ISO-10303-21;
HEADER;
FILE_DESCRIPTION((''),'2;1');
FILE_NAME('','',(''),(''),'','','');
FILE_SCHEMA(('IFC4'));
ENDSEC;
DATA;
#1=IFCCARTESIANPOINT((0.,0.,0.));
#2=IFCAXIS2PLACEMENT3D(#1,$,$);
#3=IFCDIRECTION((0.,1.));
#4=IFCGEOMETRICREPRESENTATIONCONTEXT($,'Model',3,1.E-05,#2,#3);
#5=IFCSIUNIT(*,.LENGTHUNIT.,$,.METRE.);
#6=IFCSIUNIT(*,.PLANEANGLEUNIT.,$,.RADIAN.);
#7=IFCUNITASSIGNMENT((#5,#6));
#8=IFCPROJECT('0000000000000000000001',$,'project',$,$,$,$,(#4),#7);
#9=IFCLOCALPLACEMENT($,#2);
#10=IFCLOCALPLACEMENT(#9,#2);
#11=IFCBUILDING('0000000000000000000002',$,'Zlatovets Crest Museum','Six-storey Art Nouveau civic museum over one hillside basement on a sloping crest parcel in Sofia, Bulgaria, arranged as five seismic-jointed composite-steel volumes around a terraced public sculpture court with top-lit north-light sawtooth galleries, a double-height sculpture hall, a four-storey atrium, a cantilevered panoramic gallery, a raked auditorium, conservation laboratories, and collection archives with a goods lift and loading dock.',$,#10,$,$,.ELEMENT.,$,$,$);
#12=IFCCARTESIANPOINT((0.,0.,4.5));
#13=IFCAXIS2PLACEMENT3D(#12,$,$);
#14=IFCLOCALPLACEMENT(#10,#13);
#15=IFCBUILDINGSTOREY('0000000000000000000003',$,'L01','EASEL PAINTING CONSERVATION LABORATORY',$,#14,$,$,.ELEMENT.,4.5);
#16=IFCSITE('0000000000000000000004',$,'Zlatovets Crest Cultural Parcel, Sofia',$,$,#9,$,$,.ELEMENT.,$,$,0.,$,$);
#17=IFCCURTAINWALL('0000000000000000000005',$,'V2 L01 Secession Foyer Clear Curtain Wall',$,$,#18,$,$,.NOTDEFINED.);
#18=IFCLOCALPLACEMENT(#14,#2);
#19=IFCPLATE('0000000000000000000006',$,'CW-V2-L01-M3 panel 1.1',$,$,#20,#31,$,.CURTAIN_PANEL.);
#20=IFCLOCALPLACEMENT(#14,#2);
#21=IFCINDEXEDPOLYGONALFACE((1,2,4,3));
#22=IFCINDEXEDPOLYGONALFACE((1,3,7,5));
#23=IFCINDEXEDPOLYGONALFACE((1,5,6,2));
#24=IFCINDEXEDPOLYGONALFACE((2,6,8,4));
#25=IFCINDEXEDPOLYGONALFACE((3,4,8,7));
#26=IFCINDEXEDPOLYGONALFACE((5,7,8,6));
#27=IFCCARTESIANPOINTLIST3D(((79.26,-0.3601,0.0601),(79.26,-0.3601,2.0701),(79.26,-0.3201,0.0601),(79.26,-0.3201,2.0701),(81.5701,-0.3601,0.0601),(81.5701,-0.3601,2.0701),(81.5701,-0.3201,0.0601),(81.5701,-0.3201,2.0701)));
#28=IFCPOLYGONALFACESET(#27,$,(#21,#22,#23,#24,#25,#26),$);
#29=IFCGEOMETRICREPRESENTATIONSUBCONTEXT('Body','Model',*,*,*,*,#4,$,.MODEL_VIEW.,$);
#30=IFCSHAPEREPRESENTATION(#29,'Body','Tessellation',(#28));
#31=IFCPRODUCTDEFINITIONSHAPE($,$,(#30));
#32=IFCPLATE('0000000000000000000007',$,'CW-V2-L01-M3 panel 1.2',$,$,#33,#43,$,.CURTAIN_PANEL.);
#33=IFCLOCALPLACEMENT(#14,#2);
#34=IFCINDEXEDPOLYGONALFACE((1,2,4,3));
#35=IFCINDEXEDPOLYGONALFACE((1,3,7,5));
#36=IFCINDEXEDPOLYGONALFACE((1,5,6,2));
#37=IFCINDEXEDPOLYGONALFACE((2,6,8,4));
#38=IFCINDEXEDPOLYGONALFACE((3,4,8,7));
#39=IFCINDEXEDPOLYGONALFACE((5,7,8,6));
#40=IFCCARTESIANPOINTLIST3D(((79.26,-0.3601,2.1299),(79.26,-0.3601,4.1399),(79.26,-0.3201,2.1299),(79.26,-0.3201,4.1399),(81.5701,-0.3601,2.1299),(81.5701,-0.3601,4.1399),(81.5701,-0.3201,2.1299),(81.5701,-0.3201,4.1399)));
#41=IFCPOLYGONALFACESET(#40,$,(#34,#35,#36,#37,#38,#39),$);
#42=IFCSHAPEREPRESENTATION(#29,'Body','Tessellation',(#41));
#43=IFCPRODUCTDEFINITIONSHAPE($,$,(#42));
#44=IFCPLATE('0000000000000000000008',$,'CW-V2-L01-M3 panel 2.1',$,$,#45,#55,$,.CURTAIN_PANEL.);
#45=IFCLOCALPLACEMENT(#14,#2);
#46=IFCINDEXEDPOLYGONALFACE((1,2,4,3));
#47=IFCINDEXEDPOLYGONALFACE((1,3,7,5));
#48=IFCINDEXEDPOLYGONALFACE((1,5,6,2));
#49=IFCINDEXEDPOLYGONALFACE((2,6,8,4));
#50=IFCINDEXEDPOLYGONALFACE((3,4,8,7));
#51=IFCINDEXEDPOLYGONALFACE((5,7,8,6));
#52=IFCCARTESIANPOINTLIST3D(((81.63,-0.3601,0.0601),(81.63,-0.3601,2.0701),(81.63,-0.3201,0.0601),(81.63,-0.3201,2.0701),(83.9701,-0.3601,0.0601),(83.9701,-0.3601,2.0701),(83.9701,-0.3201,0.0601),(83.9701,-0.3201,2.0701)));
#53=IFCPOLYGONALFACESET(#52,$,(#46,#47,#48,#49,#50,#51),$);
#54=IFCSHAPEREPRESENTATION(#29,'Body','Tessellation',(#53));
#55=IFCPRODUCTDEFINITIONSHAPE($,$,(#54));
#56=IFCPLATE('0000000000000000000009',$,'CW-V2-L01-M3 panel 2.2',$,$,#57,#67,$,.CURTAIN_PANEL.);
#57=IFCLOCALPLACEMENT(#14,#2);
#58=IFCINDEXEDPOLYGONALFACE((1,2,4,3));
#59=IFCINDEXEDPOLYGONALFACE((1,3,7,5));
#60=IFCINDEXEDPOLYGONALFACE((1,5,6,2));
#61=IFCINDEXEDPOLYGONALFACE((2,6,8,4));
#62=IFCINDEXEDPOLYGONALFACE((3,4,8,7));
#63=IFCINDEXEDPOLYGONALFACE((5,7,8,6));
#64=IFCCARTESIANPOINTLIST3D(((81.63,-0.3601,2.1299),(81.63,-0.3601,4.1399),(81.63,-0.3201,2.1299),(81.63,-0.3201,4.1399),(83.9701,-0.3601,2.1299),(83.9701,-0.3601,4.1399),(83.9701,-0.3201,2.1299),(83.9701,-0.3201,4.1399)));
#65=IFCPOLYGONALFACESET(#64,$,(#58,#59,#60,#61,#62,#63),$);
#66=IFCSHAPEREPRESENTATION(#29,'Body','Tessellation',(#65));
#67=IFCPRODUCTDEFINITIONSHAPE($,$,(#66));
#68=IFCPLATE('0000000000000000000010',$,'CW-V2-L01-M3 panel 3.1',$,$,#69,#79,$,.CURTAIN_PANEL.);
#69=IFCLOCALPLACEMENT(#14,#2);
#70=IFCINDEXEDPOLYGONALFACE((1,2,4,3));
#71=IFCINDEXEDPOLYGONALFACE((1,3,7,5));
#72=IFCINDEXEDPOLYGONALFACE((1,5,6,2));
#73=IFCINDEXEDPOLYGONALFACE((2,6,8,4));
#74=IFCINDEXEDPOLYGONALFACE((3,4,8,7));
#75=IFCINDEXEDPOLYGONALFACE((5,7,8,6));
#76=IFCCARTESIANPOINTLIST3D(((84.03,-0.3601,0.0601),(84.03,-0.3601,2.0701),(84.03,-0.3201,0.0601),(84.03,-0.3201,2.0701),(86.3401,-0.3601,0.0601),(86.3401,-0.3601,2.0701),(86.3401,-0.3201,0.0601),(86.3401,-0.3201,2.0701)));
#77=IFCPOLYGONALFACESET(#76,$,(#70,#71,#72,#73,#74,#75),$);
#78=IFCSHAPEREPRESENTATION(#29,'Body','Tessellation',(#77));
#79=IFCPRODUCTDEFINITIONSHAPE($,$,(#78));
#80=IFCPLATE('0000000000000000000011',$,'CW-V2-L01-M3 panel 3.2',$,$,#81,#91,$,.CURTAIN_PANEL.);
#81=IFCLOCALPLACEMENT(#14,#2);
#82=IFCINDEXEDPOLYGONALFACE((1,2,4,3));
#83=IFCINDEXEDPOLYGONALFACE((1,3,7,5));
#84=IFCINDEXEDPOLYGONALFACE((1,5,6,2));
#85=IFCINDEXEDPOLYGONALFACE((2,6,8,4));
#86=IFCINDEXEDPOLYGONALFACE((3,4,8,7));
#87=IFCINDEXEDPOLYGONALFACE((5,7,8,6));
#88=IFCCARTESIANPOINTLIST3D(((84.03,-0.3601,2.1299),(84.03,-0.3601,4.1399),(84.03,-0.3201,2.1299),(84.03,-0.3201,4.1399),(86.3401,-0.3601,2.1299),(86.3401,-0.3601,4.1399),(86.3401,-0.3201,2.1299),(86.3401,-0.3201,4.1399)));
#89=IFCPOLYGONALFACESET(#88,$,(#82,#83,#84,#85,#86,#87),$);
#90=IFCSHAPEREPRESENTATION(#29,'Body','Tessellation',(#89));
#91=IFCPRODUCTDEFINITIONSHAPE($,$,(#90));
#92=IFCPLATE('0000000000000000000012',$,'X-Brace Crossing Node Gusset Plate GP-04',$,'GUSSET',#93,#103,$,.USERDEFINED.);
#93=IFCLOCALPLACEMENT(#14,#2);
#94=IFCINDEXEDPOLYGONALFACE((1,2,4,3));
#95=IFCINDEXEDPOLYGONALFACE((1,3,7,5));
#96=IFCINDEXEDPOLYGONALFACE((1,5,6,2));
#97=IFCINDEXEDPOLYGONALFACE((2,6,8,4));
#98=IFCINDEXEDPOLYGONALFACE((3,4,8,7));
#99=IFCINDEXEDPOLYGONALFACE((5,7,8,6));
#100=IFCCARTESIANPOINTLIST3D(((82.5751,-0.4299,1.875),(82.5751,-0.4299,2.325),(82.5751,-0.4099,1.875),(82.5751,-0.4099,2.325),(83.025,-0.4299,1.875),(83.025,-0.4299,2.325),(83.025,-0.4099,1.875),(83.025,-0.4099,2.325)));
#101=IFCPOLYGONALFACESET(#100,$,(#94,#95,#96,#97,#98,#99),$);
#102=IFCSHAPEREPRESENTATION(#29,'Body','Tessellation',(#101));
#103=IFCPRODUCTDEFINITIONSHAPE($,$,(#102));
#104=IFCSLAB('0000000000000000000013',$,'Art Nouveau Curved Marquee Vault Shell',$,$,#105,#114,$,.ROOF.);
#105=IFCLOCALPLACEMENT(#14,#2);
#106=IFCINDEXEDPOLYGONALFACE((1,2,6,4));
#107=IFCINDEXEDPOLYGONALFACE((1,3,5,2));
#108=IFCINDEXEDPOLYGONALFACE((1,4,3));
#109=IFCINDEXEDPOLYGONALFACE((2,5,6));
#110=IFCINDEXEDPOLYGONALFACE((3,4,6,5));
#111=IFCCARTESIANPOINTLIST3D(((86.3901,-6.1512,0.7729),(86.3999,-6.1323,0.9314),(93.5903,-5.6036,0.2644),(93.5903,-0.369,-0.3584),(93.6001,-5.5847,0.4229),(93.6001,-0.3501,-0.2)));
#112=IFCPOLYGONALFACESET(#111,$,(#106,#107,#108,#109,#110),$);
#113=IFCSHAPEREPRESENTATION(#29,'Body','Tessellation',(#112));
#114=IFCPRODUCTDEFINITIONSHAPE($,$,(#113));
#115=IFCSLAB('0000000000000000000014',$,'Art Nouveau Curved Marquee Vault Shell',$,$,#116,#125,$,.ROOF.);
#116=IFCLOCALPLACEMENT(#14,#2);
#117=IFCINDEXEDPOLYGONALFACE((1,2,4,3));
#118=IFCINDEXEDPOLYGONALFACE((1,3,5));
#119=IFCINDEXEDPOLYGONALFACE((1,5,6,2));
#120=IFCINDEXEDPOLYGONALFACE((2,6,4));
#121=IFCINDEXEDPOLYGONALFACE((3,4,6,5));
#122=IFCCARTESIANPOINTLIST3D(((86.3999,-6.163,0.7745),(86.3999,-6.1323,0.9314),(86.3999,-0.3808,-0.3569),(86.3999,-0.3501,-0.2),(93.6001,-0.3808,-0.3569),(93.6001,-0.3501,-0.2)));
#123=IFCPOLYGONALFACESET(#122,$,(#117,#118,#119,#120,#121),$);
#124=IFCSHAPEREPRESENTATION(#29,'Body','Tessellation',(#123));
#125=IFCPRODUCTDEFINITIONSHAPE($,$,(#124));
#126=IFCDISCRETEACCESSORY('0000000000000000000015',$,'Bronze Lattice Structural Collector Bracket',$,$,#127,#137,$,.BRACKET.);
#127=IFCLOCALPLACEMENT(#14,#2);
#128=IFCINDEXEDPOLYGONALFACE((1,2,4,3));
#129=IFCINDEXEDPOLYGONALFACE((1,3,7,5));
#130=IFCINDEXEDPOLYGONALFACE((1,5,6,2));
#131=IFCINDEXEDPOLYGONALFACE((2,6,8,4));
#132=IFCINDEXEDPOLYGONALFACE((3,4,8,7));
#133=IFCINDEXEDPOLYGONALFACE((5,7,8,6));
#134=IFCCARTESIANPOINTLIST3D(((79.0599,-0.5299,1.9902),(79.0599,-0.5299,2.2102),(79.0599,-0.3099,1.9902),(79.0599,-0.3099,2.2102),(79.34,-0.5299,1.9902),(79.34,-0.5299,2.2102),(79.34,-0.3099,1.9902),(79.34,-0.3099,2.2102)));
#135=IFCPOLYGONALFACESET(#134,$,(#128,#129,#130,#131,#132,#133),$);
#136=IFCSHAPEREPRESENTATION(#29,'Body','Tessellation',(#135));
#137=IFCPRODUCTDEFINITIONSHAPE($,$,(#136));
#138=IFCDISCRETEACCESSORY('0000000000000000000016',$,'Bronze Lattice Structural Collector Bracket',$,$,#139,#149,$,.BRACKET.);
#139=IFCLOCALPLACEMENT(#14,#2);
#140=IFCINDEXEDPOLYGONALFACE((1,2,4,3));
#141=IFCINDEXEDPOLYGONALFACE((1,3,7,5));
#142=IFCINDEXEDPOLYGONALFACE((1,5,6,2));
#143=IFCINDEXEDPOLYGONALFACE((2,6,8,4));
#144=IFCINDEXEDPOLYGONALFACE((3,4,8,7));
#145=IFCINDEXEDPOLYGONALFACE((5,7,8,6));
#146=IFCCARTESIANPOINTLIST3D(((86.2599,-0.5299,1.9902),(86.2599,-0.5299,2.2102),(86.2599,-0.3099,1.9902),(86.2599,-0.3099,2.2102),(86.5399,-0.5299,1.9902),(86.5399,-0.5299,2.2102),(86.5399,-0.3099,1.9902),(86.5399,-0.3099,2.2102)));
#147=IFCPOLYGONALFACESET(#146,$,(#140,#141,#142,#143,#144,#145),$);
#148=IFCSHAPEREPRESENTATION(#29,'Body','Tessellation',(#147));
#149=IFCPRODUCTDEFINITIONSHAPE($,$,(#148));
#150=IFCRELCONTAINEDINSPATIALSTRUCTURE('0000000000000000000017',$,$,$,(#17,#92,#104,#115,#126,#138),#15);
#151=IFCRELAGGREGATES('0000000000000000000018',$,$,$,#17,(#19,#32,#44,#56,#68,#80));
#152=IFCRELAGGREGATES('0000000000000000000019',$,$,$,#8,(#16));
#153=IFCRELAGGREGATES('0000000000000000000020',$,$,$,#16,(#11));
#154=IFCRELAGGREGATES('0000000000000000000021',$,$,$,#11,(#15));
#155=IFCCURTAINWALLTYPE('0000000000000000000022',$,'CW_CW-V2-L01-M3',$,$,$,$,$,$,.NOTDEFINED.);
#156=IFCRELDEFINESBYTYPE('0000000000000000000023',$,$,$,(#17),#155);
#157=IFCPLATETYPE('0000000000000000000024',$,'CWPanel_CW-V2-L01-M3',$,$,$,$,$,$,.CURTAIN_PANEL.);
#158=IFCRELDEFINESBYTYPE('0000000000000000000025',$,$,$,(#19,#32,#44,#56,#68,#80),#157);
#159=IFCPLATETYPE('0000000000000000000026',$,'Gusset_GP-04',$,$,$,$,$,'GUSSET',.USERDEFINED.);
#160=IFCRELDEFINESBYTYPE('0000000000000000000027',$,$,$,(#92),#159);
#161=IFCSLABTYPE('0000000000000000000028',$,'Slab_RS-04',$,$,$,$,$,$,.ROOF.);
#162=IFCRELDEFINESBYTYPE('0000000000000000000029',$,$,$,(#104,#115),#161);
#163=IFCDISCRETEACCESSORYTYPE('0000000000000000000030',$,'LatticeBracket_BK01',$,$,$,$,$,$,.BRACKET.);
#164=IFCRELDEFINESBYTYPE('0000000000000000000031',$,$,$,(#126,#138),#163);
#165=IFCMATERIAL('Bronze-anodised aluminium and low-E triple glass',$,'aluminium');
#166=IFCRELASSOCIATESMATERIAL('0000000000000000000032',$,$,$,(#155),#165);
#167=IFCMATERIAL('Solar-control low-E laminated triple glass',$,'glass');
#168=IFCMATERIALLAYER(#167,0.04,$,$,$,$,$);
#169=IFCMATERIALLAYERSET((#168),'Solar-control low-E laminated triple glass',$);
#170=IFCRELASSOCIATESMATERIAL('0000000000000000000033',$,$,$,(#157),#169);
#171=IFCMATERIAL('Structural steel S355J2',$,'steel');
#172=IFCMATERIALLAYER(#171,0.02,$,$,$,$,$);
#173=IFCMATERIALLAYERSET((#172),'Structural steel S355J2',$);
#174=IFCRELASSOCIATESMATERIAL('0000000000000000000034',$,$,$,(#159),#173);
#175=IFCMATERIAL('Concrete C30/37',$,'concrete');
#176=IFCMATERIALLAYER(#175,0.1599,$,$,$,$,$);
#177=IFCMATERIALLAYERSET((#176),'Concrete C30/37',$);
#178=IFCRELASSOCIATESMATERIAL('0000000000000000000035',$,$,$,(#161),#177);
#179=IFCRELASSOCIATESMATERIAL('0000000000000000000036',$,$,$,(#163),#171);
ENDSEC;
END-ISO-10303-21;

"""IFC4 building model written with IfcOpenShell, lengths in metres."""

from ifc_helpers import new_model, si_unit, direction, frame, origin, origin_2d, place, context, subcontext, project, spatial, polyline, rectangle, outline, extrude, material, layer, layer_set, type_object, element, aggregate, save


model = new_model("IFC4")

# Units and contexts
model_context = context("Model", 3, precision=1e-05, world=origin(), true_north=direction((0.0, 1.0)))
body_context = subcontext(model_context, "Body", "Model", "MODEL_VIEW")
ifc_project = project(units=[si_unit("LENGTHUNIT", "METRE"), si_unit("PLANEANGLEUNIT", "RADIAN")], contexts=[model_context])

# Site, building, storey
site_placement = place(None, origin())
site = spatial("IfcSite", under=ifc_project, at=site_placement, Name="Zlatovets Crest Cultural Parcel, Sofia", CompositionType="ELEMENT", RefElevation=0.0)
building_placement = place(site_placement, origin())
building = spatial("IfcBuilding", under=site, at=building_placement, Name="Zlatovets Crest Museum", Description="Six-storey Art Nouveau civic museum over one hillside basement on a sloping crest parcel in Sofia, Bulgaria, arranged as five seismic-jointed composite-steel volumes around a terraced public sculpture court with top-lit north-light sawtooth galleries, a double-height sculpture hall, a four-storey atrium, a cantilevered panoramic gallery, a raked auditorium, conservation laboratories, and collection archives with a goods lift and loading dock.", CompositionType="ELEMENT")
storey_placement = place(building_placement, frame((0.0, 0.0, 4.5)))
storey = spatial("IfcBuildingStorey", under=building, at=storey_placement, Name="L01", Description="EASEL PAINTING CONSERVATION LABORATORY", CompositionType="ELEMENT", Elevation=4.5)

# Curtain wall
ifc_material_1 = material(Name="Bronze-anodised aluminium and low-E triple glass", Category="aluminium")
curtain_wall_type_1 = type_object("IfcCurtainWallType", Name="CW_CW-V2-L01-M3", PredefinedType="NOTDEFINED", material=ifc_material_1)
curtain_wall_1_placement = place(storey_placement, origin())
curtain_wall_1 = element("IfcCurtainWall", 1, at=curtain_wall_1_placement, inside=storey, type_object=curtain_wall_type_1, Name="V2 L01 Secession Foyer Clear Curtain Wall", PredefinedType="NOTDEFINED")

# Shared definitions
ifc_material_2 = material(Name="Structural steel S355J2", Category="steel")

# Plates
ifc_material_3 = material(Name="Solar-control low-E laminated triple glass", Category="glass")
ifc_layer_1 = layer(ifc_material_3, 0.04)
ifc_layer_set_1 = layer_set([ifc_layer_1], Name="Solar-control low-E laminated triple glass")
plate_type_1 = type_object("IfcPlateType", Name="CWPanel_CW-V2-L01-M3", PredefinedType="CURTAIN_PANEL", material=ifc_layer_set_1)
plate_1_placement = place(storey_placement, frame((80.415, -0.3401, 0.0601), z_axis=(0.0, 0.0, 1.0), x_axis=(1.0, 0.0, 0.0)))
plate_1 = element("IfcPlate", 2, at=plate_1_placement, type_object=plate_type_1, Name="CW-V2-L01-M3 panel 1.1", PredefinedType="CURTAIN_PANEL", context=body_context, shape_type="SweptSolid", body=[
    extrude(rectangle(XDim=2.3101, YDim=0.04, at=origin_2d()), origin(), (0.0, 0.0, 1.0), 2.01),
])
plate_2_placement = place(storey_placement, frame((80.415, -0.3401, 2.1299), z_axis=(0.0, 0.0, 1.0), x_axis=(1.0, 0.0, 0.0)))
plate_2 = element("IfcPlate", 3, at=plate_2_placement, type_object=plate_type_1, Name="CW-V2-L01-M3 panel 1.2", PredefinedType="CURTAIN_PANEL", context=body_context, shape_type="SweptSolid", body=[
    extrude(rectangle(XDim=2.3101, YDim=0.04, at=origin_2d()), origin(), (0.0, 0.0, 1.0), 2.01),
])
plate_3_placement = place(storey_placement, frame((82.8, -0.3401, 0.0601), z_axis=(0.0, 0.0, 1.0), x_axis=(1.0, 0.0, 0.0)))
plate_3 = element("IfcPlate", 4, at=plate_3_placement, type_object=plate_type_1, Name="CW-V2-L01-M3 panel 2.1", PredefinedType="CURTAIN_PANEL", context=body_context, shape_type="SweptSolid", body=[
    extrude(rectangle(XDim=2.3401, YDim=0.04, at=origin_2d()), origin(), (0.0, 0.0, 1.0), 2.01),
])
plate_4_placement = place(storey_placement, frame((82.8, -0.3401, 2.1299), z_axis=(0.0, 0.0, 1.0), x_axis=(1.0, 0.0, 0.0)))
plate_4 = element("IfcPlate", 5, at=plate_4_placement, type_object=plate_type_1, Name="CW-V2-L01-M3 panel 2.2", PredefinedType="CURTAIN_PANEL", context=body_context, shape_type="SweptSolid", body=[
    extrude(rectangle(XDim=2.3401, YDim=0.04, at=origin_2d()), origin(), (0.0, 0.0, 1.0), 2.01),
])
plate_5_placement = place(storey_placement, frame((85.1851, -0.3401, 0.0601), z_axis=(0.0, 0.0, 1.0), x_axis=(1.0, 0.0, 0.0)))
plate_5 = element("IfcPlate", 6, at=plate_5_placement, type_object=plate_type_1, Name="CW-V2-L01-M3 panel 3.1", PredefinedType="CURTAIN_PANEL", context=body_context, shape_type="SweptSolid", body=[
    extrude(rectangle(XDim=2.3101, YDim=0.04, at=origin_2d()), origin(), (0.0, 0.0, 1.0), 2.01),
])
plate_6_placement = place(storey_placement, frame((85.1851, -0.3401, 2.1299), z_axis=(0.0, 0.0, 1.0), x_axis=(1.0, 0.0, 0.0)))
plate_6 = element("IfcPlate", 7, at=plate_6_placement, type_object=plate_type_1, Name="CW-V2-L01-M3 panel 3.2", PredefinedType="CURTAIN_PANEL", context=body_context, shape_type="SweptSolid", body=[
    extrude(rectangle(XDim=2.3101, YDim=0.04, at=origin_2d()), origin(), (0.0, 0.0, 1.0), 2.01),
])
aggregate(curtain_wall_1, [plate_1, plate_2, plate_3, plate_4, plate_5, plate_6])
ifc_layer_2 = layer(ifc_material_2, 0.02)
ifc_layer_set_2 = layer_set([ifc_layer_2], Name="Structural steel S355J2")
plate_type_2 = type_object("IfcPlateType", Name="Gusset_GP-04", ElementType="GUSSET", PredefinedType="USERDEFINED", material=ifc_layer_set_2)
plate_7_placement = place(storey_placement, frame((82.8, -0.4199, 1.875), z_axis=(0.0, 0.0, 1.0), x_axis=(1.0, 0.0, 0.0)))
element("IfcPlate", 8, at=plate_7_placement, inside=storey, type_object=plate_type_2, Name="X-Brace Crossing Node Gusset Plate GP-04", ObjectType="GUSSET", PredefinedType="USERDEFINED", context=body_context, shape_type="SweptSolid", body=[
    extrude(rectangle(XDim=0.45, YDim=0.02, at=origin_2d()), origin(), (0.0, 0.0, 1.0), 0.45),
])

# Slabs
ifc_material_4 = material(Name="Concrete C30/37", Category="concrete")
ifc_layer_3 = layer(ifc_material_4, 0.1599)
ifc_layer_set_3 = layer_set([ifc_layer_3], Name="Concrete C30/37")
slab_type = type_object("IfcSlabType", Name="Slab_RS-04", PredefinedType="ROOF", material=ifc_layer_set_3)
slab_1_placement = place(storey_placement, frame((86.3999, -6.1323, 0.9314), z_axis=(0.061035, 0.117924, 0.991145), x_axis=(0.994657, 0.075648, -0.070252)))
element("IfcSlab", 9, at=slab_1_placement, inside=storey, type_object=slab_type, Name="Art Nouveau Curved Marquee Vault Shell", PredefinedType="ROOF", context=body_context, shape_type="SweptSolid", body=[
    extrude(outline(polyline([(0.0, 0.0), (7.2389, 0.0), (7.6786, 5.2532), (0.0, 0.0)])), origin(), (0.0, 0.0, -1.0), 0.1599),
])
slab_2_placement = place(storey_placement, frame((86.3999, -6.1323, 0.9314), z_axis=(0.0, 0.192019, 0.981391), x_axis=(0.773915, 0.621504, -0.121603)))
element("IfcSlab", 10, at=slab_2_placement, inside=storey, type_object=slab_type, Name="Art Nouveau Curved Marquee Vault Shell", PredefinedType="ROOF", context=body_context, shape_type="SweptSolid", body=[
    extrude(outline(polyline([(0.0, 0.0), (9.3036, 0.0), (3.7313, 4.5598), (0.0, 0.0)])), origin(), (0.0, 0.0, -1.0), 0.1599),
])

# Discrete accessories
discrete_accessory_type = type_object("IfcDiscreteAccessoryType", Name="LatticeBracket_BK01", PredefinedType="BRACKET", material=ifc_material_2)
for number, where, z_axis, x_axis, name in (
    (11, (79.2, -0.4199, 1.9902), (0.0, 0.0, 1.0), (1.0, 0.0, 0.0), "Bronze Lattice Structural Collector Bracket"),
    (12, (86.3999, -0.4199, 1.9902), (0.0, 0.0, 1.0), (1.0, 0.0, 0.0), "Bronze Lattice Structural Collector Bracket"),
):
    element("IfcDiscreteAccessory", number, at=place(storey_placement, frame(where, z_axis=z_axis, x_axis=x_axis)), inside=storey, type_object=discrete_accessory_type, Name=name, PredefinedType="BRACKET", context=body_context, shape_type="SweptSolid", body=[
        extrude(rectangle(XDim=0.28, YDim=0.22, at=origin_2d()), origin(), (0.0, 0.0, 1.0), 0.22),
    ])

save(model, "model.ifc")
